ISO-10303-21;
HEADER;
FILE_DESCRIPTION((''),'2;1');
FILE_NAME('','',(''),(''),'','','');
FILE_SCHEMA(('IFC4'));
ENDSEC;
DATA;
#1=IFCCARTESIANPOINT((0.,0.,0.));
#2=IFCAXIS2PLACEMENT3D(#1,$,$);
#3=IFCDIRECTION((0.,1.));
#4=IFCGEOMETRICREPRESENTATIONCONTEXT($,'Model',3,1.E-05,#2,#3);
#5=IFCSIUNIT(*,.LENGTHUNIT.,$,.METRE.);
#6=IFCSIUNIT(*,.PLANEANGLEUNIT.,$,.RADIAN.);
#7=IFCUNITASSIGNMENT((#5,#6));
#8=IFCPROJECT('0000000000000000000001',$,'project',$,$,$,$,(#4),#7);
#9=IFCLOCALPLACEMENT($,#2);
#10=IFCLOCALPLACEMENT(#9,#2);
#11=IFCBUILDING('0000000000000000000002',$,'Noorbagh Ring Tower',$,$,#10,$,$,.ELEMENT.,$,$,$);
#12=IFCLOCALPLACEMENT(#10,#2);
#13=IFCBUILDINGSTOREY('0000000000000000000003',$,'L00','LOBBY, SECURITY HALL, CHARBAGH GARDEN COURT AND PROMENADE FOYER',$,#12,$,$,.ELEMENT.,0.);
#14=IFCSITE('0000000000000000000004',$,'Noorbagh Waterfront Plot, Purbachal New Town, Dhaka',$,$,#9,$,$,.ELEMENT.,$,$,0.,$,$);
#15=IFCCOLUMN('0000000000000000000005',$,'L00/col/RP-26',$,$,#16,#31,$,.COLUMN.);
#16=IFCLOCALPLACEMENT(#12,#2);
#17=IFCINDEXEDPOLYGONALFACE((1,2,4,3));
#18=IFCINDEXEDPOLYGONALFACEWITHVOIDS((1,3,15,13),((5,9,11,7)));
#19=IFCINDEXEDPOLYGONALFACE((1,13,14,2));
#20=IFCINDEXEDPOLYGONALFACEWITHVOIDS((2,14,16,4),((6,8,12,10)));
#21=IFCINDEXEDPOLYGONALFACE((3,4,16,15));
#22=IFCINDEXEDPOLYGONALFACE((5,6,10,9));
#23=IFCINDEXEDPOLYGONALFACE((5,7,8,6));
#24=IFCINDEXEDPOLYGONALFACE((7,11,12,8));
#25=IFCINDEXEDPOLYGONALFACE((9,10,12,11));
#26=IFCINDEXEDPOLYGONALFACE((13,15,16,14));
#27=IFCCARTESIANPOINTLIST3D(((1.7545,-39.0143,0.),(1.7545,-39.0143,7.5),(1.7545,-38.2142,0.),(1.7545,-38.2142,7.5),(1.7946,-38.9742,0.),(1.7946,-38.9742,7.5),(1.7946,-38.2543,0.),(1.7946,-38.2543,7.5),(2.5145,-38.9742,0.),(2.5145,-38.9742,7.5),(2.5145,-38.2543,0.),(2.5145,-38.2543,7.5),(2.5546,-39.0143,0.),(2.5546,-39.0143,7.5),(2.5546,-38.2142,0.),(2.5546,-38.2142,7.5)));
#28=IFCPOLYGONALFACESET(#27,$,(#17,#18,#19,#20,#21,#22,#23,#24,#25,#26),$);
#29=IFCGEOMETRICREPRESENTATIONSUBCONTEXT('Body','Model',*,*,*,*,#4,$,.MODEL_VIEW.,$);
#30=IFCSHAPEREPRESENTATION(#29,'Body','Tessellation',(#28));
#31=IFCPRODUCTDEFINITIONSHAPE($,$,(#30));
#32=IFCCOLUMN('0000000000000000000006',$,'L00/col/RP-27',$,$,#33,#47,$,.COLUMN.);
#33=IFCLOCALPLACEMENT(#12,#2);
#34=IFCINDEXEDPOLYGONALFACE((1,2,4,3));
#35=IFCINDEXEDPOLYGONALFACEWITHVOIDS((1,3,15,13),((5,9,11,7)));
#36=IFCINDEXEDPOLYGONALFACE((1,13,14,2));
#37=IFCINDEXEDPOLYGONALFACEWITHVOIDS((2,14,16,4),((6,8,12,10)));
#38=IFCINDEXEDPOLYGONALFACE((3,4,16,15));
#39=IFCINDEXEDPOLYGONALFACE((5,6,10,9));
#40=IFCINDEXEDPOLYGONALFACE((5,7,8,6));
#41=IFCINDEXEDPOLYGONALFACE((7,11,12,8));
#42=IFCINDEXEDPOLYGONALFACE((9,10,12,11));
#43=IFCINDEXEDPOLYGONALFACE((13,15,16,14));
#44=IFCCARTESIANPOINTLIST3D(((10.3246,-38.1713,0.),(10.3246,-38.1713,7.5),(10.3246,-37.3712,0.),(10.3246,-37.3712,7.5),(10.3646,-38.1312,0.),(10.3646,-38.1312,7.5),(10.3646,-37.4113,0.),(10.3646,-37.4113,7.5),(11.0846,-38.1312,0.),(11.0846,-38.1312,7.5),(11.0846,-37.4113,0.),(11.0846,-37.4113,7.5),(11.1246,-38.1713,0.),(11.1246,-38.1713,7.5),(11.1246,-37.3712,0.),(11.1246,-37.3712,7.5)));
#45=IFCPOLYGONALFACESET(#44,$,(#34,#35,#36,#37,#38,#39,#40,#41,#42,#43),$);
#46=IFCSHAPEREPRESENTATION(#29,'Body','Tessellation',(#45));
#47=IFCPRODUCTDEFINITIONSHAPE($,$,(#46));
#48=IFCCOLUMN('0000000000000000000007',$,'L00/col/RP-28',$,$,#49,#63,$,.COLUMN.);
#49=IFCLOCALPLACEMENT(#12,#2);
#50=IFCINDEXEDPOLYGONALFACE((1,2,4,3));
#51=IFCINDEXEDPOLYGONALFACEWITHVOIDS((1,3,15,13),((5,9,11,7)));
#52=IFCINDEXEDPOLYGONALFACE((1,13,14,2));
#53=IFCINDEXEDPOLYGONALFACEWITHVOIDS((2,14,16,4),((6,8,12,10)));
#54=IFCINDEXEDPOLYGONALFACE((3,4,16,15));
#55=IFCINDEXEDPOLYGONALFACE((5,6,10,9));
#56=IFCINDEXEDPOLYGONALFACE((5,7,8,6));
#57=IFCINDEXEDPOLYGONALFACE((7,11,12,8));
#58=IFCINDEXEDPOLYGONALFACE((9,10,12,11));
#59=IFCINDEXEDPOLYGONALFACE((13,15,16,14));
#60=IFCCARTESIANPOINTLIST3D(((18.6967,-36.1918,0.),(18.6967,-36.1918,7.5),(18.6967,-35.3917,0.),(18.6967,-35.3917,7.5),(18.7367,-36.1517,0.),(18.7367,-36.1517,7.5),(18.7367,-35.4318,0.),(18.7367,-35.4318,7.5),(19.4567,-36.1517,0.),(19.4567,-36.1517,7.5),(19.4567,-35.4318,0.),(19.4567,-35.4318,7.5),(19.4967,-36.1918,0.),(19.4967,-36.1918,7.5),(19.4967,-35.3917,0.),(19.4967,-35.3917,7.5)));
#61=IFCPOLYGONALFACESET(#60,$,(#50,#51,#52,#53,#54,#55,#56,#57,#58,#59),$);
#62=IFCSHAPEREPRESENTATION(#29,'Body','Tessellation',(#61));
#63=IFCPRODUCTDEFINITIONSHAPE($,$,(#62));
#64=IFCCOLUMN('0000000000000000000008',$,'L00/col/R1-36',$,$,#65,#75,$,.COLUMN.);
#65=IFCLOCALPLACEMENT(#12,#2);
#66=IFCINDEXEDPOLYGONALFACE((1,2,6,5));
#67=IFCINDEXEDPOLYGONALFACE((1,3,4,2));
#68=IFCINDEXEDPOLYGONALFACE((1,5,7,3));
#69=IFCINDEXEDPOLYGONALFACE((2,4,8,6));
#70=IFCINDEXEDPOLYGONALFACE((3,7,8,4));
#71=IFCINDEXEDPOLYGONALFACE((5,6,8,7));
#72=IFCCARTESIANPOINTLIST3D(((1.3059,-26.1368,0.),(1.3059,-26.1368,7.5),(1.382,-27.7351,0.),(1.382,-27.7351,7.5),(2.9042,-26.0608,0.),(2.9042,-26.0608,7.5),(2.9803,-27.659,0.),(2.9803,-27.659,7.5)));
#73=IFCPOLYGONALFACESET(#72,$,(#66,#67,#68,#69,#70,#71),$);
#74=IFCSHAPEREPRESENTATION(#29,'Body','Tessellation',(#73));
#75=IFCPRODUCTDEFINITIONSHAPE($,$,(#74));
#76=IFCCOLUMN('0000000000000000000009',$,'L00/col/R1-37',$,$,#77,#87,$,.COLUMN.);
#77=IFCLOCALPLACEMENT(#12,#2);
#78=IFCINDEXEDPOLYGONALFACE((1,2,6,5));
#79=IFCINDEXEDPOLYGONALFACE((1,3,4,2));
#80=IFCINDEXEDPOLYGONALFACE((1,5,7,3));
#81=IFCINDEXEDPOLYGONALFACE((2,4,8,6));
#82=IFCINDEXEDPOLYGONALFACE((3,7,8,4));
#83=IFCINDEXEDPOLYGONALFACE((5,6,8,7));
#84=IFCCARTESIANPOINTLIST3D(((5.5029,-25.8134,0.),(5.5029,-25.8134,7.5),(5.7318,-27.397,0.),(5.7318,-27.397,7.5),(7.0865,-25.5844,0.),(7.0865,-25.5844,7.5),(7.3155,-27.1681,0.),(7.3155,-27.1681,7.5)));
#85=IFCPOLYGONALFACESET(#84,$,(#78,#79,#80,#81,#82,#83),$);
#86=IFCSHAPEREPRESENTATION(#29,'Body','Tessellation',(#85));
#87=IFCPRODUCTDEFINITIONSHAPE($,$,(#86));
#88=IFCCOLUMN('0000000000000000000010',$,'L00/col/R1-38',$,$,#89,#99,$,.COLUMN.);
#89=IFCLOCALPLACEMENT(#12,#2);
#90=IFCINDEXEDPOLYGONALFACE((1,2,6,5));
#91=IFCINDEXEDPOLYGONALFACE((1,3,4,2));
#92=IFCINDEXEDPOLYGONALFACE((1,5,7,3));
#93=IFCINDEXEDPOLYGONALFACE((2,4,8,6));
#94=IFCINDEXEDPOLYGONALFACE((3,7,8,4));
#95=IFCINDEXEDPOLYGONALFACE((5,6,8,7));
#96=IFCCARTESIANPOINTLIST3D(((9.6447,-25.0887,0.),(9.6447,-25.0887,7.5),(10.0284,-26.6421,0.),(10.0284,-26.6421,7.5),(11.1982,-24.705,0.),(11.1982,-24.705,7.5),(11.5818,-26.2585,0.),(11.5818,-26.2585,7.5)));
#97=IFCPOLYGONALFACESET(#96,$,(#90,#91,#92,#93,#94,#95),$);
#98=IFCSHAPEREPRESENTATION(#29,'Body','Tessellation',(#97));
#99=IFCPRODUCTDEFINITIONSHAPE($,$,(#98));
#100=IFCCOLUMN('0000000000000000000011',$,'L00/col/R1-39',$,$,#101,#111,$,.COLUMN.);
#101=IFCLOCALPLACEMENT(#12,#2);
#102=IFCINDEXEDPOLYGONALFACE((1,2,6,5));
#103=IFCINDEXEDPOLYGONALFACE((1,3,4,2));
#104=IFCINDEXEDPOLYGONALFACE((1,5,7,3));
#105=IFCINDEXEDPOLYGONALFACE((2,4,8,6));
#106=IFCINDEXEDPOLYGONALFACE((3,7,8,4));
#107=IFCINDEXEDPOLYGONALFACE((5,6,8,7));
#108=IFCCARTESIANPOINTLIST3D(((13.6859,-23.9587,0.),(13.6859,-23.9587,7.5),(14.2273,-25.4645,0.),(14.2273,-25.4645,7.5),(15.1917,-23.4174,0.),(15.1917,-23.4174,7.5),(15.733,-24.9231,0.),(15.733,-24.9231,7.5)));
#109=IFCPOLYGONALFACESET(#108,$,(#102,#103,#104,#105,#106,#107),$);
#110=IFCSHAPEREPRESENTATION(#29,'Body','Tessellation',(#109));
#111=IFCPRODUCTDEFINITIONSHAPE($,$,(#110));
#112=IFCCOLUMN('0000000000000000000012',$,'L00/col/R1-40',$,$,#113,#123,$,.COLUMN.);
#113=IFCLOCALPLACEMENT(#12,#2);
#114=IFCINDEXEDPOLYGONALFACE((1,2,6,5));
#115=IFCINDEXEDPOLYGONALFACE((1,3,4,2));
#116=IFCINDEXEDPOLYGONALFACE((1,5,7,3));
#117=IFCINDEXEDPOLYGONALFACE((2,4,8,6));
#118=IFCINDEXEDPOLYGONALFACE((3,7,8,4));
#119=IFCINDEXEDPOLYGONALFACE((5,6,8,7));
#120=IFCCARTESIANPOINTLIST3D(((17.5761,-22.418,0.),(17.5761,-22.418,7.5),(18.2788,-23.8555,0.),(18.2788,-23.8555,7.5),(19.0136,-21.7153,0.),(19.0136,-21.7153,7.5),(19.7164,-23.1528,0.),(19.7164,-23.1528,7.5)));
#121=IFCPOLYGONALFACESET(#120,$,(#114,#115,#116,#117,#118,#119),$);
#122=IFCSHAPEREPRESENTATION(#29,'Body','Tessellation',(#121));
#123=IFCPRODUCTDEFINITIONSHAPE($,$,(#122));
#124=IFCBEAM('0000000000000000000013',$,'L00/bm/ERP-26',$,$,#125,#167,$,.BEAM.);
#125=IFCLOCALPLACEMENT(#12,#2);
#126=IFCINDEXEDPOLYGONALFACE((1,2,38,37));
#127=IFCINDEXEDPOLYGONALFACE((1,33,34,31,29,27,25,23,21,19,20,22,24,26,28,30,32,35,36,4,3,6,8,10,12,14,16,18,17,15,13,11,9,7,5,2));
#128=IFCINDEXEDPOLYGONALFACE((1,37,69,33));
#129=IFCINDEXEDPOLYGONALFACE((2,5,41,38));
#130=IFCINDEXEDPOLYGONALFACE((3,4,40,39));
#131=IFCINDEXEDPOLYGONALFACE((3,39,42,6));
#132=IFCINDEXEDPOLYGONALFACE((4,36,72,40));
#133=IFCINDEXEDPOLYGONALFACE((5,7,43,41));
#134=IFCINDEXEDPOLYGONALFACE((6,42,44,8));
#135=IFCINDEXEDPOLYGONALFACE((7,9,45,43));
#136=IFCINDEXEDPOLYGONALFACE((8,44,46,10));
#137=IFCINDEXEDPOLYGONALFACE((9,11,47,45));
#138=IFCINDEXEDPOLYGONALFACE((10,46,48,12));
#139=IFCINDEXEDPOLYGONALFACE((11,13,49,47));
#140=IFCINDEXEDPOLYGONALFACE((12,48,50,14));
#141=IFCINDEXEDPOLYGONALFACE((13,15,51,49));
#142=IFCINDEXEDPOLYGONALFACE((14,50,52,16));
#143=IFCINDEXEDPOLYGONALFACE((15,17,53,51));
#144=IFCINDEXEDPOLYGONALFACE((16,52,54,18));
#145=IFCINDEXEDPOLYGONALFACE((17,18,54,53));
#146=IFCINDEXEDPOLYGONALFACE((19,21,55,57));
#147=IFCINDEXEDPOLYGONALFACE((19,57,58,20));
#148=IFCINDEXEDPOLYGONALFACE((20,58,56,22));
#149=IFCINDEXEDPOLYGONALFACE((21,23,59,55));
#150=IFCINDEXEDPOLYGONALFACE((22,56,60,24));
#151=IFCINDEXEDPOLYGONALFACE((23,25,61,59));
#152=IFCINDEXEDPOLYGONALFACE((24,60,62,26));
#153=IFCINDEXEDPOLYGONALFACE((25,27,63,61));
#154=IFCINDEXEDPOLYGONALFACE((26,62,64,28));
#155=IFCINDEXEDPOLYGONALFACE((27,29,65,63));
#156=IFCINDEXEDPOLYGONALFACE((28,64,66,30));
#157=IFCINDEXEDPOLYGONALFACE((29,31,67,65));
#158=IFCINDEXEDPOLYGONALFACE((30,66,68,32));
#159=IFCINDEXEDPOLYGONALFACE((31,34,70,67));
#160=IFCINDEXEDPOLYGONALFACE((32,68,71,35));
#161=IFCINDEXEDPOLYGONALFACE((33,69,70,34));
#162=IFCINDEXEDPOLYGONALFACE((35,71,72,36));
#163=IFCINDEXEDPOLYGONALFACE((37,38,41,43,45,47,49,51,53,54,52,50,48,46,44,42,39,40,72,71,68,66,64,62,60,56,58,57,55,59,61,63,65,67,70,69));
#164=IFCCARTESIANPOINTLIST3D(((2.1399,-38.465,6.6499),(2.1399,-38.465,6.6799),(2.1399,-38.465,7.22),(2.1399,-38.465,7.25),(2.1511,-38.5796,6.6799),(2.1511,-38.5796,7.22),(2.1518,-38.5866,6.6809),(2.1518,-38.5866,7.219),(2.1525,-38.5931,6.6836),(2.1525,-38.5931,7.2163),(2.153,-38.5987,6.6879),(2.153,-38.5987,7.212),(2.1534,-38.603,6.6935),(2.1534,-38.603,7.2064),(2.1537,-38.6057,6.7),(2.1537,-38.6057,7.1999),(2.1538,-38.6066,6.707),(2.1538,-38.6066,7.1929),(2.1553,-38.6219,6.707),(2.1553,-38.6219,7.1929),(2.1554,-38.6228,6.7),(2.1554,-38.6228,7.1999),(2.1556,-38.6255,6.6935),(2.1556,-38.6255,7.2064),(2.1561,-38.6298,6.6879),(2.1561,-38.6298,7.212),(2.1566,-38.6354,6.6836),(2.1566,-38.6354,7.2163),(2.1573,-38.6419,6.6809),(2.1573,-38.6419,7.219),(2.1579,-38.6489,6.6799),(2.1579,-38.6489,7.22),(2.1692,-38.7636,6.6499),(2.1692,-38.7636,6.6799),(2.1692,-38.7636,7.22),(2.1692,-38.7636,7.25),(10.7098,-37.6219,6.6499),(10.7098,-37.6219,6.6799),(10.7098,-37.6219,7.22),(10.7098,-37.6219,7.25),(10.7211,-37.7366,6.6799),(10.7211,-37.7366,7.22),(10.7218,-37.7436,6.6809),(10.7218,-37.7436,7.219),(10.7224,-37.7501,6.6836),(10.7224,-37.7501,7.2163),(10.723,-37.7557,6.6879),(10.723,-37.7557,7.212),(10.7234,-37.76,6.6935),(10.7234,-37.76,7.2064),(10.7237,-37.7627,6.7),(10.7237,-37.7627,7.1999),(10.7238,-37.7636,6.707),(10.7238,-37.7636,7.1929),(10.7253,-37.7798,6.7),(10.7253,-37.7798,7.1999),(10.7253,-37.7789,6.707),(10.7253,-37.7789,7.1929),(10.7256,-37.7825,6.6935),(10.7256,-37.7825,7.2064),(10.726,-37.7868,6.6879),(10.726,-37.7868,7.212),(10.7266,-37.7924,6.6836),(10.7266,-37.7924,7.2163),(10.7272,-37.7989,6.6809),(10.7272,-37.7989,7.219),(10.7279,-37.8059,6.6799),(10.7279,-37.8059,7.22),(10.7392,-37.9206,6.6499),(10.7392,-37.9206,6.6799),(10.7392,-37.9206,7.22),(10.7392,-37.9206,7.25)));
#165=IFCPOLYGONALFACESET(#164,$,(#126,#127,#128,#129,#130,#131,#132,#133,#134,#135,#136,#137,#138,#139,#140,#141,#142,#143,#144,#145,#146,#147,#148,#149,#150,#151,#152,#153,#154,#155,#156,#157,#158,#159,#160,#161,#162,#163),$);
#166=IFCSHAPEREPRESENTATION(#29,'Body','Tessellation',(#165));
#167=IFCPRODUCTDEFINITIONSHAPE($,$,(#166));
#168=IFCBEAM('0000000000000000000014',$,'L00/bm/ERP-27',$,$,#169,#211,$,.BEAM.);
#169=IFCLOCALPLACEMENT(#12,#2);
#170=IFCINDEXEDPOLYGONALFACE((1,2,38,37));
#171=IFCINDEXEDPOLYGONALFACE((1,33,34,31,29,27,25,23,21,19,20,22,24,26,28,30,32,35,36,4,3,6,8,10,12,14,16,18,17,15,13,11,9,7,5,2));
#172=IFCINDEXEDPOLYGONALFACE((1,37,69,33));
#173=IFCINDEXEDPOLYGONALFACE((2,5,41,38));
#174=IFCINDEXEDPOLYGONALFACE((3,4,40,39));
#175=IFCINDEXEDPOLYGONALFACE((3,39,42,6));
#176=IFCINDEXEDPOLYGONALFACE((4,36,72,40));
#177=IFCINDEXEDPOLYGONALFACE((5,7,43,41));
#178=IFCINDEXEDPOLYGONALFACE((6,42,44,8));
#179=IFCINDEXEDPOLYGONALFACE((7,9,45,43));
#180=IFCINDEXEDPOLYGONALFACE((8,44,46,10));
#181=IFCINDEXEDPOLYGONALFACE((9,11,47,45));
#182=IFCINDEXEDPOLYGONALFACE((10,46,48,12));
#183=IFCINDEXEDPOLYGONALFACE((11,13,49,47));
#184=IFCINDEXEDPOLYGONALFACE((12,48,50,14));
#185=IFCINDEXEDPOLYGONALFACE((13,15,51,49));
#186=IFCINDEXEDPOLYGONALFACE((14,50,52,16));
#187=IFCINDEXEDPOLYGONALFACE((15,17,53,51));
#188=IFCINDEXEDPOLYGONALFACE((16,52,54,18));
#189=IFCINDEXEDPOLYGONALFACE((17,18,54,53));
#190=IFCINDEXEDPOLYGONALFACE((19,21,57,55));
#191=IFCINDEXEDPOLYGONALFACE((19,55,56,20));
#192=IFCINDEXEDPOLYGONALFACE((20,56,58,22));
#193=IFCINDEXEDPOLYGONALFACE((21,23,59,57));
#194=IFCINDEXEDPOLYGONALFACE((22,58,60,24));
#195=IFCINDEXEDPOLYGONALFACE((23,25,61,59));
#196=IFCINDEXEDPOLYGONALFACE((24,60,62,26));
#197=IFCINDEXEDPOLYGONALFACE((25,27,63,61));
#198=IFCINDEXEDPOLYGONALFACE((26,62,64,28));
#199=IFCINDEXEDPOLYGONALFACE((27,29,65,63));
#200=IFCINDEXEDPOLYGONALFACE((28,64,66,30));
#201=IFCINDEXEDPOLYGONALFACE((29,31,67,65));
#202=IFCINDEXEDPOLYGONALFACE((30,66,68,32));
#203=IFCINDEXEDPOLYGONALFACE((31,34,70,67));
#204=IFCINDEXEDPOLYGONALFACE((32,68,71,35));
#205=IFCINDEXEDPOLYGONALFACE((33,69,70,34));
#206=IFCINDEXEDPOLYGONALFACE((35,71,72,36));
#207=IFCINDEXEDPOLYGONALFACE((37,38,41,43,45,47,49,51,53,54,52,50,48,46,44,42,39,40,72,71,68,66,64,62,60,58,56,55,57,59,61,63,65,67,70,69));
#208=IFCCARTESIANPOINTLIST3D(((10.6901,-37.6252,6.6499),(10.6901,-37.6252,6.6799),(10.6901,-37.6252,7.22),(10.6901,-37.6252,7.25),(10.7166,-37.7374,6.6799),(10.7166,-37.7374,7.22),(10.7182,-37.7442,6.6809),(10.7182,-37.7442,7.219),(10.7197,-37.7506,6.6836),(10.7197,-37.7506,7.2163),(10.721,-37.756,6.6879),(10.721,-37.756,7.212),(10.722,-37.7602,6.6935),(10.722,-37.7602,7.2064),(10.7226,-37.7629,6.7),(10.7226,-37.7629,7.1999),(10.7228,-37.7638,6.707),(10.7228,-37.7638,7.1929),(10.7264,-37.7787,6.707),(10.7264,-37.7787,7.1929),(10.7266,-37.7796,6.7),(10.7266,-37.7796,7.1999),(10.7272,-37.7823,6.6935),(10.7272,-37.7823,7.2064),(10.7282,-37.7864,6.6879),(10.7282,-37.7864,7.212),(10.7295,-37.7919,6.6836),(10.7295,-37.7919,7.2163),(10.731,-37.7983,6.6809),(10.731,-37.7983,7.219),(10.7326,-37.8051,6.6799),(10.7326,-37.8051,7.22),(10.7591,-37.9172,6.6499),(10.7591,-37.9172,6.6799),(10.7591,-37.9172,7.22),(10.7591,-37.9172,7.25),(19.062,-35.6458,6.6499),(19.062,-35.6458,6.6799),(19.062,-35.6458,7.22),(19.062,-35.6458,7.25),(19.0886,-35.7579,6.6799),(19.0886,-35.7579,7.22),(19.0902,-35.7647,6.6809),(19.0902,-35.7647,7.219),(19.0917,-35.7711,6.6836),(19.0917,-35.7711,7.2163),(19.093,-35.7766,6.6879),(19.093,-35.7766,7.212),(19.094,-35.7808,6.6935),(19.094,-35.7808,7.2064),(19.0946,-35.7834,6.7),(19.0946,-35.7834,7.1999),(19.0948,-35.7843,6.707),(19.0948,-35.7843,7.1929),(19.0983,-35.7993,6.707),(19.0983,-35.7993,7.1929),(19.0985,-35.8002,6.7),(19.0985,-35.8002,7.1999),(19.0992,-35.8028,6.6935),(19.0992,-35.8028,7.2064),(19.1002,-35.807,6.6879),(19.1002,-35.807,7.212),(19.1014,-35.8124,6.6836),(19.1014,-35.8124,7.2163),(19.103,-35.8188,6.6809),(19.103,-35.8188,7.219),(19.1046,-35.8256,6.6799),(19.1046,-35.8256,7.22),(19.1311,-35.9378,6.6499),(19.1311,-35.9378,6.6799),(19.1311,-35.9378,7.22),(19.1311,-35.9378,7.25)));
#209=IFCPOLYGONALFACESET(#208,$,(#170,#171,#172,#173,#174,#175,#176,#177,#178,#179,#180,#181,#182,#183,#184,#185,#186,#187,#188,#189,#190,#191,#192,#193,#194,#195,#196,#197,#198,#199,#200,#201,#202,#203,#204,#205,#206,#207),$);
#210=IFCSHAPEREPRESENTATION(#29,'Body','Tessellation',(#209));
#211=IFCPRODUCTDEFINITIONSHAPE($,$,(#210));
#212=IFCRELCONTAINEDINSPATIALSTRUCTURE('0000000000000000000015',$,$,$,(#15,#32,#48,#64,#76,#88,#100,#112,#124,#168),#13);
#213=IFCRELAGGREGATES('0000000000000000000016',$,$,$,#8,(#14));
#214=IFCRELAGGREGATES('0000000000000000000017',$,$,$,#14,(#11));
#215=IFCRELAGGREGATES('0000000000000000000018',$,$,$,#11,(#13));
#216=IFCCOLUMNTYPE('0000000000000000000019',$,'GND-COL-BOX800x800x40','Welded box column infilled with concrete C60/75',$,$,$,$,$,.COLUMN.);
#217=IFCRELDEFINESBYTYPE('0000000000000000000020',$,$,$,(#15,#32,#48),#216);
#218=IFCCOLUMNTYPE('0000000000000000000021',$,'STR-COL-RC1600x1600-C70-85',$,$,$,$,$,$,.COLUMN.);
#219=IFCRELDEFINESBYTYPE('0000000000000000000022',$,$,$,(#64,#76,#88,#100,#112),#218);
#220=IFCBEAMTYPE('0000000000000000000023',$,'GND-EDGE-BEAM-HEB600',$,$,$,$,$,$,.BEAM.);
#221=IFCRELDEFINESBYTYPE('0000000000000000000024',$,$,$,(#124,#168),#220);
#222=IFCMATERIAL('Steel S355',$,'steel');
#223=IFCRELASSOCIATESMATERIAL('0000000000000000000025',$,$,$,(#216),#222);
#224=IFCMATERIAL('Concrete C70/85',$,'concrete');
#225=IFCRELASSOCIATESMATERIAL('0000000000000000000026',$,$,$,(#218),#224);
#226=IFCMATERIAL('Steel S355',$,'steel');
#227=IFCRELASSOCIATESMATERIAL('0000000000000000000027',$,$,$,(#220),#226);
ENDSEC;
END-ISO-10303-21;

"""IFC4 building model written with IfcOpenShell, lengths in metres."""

from ifc_helpers import new_model, si_unit, direction, frame, origin, origin_2d, place, context, subcontext, project, spatial, rectangle, hollow_rectangle, i_section, extrude, material, material_profile, profile_set, type_object, element, save


model = new_model("IFC4")

# Units and contexts
model_context = context("Model", 3, precision=1e-05, world=origin(), true_north=direction((0.0, 1.0)))
body_context = subcontext(model_context, "Body", "Model", "MODEL_VIEW")
ifc_project = project(units=[si_unit("LENGTHUNIT", "METRE"), si_unit("PLANEANGLEUNIT", "RADIAN")], contexts=[model_context])

# Site, building, storey
site_placement = place(None, origin())
site = spatial("IfcSite", under=ifc_project, at=site_placement, Name="Noorbagh Waterfront Plot, Purbachal New Town, Dhaka", CompositionType="ELEMENT", RefElevation=0.0)
building_placement = place(site_placement, origin())
building = spatial("IfcBuilding", under=site, at=building_placement, Name="Noorbagh Ring Tower", CompositionType="ELEMENT")
storey_placement = place(building_placement, origin())
storey = spatial("IfcBuildingStorey", under=building, at=storey_placement, Name="L00", Description="LOBBY, SECURITY HALL, CHARBAGH GARDEN COURT AND PROMENADE FOYER", CompositionType="ELEMENT", Elevation=0.0)

# Columns
ifc_material_1 = material(Name="Steel S355", Category="steel")
ifc_material_profile_1 = material_profile(ifc_material_1, hollow_rectangle(XDim=0.8, YDim=0.8, WallThickness=0.04, at=origin_2d()), Name="BOX800x800x40")
ifc_profile_set_1 = profile_set([ifc_material_profile_1], Name="Steel S355")
column_type_1 = type_object("IfcColumnType", Name="GND-COL-BOX800x800x40", Description="Welded box column infilled with concrete C60/75", PredefinedType="COLUMN", material=ifc_profile_set_1)
for number, where, z_axis, x_axis, name in (
    (1, (2.1545, -38.6143, 0.0), (0.0, 0.0, 1.0), (1.0, 0.0, 0.0), "L00/col/RP-26"),
    (2, (10.7246, -37.7712, 0.0), (0.0, 0.0, 1.0), (1.0, 0.0, 0.0), "L00/col/RP-27"),
    (3, (19.0967, -35.7917, 0.0), (0.0, 0.0, 1.0), (1.0, 0.0, 0.0), "L00/col/RP-28"),
):
    element("IfcColumn", number, at=place(storey_placement, frame(where, z_axis=z_axis, x_axis=x_axis)), inside=storey, type_object=column_type_1, Name=name, PredefinedType="COLUMN", context=body_context, shape_type="SweptSolid", body=[
        extrude(hollow_rectangle(XDim=0.8, YDim=0.8, WallThickness=0.04, at=origin_2d()), origin(), (0.0, 0.0, 1.0), 7.5),
    ])
ifc_material_2 = material(Name="Concrete C70/85", Category="concrete")
ifc_material_profile_2 = material_profile(ifc_material_2, rectangle(XDim=1.6001, YDim=1.6001, at=origin_2d()), Name="RC1600x1600")
ifc_profile_set_2 = profile_set([ifc_material_profile_2], Name="Concrete C70/85")
column_type_2 = type_object("IfcColumnType", Name="STR-COL-RC1600x1600-C70-85", PredefinedType="COLUMN", material=ifc_profile_set_2)
for number, where, z_axis, x_axis, name in (
    (4, (2.1431, -26.8979, 0.0), (0.0, 0.0, 1.0), (0.998869, 0.047553, 0.0), "L00/col/R1-36"),
    (5, (6.4092, -26.4907, 0.0), (0.0, 0.0, 1.0), (0.989713, 0.143066, 0.0), "L00/col/R1-37"),
    (6, (10.6133, -25.6736, 0.0), (0.0, 0.0, 1.0), (0.970829, 0.239771, 0.0), "L00/col/R1-38"),
    (7, (14.7095, -24.4409, 0.0), (0.0, 0.0, 1.0), (0.941025, 0.338338, 0.0), "L00/col/R1-39"),
    (8, (18.6462, -22.7854, 0.0), (0.0, 0.0, 1.0), (0.898399, 0.43918, 0.0), "L00/col/R1-40"),
):
    element("IfcColumn", number, at=place(storey_placement, frame(where, z_axis=z_axis, x_axis=x_axis)), inside=storey, type_object=column_type_2, Name=name, PredefinedType="COLUMN", context=body_context, shape_type="SweptSolid", body=[
        extrude(rectangle(XDim=1.6001, YDim=1.6001, at=origin_2d()), origin(), (0.0, 0.0, 1.0), 7.5),
    ])

# Beams
ifc_material_3 = material(Name="Steel S355", Category="steel")
ifc_material_profile_3 = material_profile(ifc_material_3, i_section(OverallWidth=0.3, OverallDepth=0.6001, WebThickness=0.0154, FlangeThickness=0.03, FilletRadius=0.0271, at=origin_2d()), Name="HEB600")
ifc_profile_set_3 = profile_set([ifc_material_profile_3], Name="Steel S355")
beam_type_1 = type_object("IfcBeamType", Name="GND-EDGE-BEAM-HEB600", PredefinedType="BEAM", material=ifc_profile_set_3)
beam_1_placement = place(storey_placement, frame((2.1545, -38.6143, 6.95), z_axis=(0.995197, 0.097895, 0.0), x_axis=(-0.097895, 0.995197, 0.0)))
element("IfcBeam", 9, at=beam_1_placement, inside=storey, type_object=beam_type_1, Name="L00/bm/ERP-26", PredefinedType="BEAM", context=body_context, shape_type="SweptSolid", body=[
    extrude(i_section(OverallWidth=0.3, OverallDepth=0.6001, WebThickness=0.0154, FlangeThickness=0.03, FilletRadius=0.0271, at=origin_2d()), origin(), (0.0, 0.0, 1.0), 8.6113),
])
beam_2_placement = place(storey_placement, frame((10.7246, -37.7712, 6.95), z_axis=(0.973168, 0.230096, 0.0), x_axis=(-0.230096, 0.973168, 0.0)))
element("IfcBeam", 10, at=beam_2_placement, inside=storey, type_object=beam_type_1, Name="L00/bm/ERP-27", PredefinedType="BEAM", context=body_context, shape_type="SweptSolid", body=[
    extrude(i_section(OverallWidth=0.3, OverallDepth=0.6001, WebThickness=0.0154, FlangeThickness=0.03, FilletRadius=0.0271, at=origin_2d()), origin(), (0.0, 0.0, 1.0), 8.6028),
])

save(model, "model.ifc")
